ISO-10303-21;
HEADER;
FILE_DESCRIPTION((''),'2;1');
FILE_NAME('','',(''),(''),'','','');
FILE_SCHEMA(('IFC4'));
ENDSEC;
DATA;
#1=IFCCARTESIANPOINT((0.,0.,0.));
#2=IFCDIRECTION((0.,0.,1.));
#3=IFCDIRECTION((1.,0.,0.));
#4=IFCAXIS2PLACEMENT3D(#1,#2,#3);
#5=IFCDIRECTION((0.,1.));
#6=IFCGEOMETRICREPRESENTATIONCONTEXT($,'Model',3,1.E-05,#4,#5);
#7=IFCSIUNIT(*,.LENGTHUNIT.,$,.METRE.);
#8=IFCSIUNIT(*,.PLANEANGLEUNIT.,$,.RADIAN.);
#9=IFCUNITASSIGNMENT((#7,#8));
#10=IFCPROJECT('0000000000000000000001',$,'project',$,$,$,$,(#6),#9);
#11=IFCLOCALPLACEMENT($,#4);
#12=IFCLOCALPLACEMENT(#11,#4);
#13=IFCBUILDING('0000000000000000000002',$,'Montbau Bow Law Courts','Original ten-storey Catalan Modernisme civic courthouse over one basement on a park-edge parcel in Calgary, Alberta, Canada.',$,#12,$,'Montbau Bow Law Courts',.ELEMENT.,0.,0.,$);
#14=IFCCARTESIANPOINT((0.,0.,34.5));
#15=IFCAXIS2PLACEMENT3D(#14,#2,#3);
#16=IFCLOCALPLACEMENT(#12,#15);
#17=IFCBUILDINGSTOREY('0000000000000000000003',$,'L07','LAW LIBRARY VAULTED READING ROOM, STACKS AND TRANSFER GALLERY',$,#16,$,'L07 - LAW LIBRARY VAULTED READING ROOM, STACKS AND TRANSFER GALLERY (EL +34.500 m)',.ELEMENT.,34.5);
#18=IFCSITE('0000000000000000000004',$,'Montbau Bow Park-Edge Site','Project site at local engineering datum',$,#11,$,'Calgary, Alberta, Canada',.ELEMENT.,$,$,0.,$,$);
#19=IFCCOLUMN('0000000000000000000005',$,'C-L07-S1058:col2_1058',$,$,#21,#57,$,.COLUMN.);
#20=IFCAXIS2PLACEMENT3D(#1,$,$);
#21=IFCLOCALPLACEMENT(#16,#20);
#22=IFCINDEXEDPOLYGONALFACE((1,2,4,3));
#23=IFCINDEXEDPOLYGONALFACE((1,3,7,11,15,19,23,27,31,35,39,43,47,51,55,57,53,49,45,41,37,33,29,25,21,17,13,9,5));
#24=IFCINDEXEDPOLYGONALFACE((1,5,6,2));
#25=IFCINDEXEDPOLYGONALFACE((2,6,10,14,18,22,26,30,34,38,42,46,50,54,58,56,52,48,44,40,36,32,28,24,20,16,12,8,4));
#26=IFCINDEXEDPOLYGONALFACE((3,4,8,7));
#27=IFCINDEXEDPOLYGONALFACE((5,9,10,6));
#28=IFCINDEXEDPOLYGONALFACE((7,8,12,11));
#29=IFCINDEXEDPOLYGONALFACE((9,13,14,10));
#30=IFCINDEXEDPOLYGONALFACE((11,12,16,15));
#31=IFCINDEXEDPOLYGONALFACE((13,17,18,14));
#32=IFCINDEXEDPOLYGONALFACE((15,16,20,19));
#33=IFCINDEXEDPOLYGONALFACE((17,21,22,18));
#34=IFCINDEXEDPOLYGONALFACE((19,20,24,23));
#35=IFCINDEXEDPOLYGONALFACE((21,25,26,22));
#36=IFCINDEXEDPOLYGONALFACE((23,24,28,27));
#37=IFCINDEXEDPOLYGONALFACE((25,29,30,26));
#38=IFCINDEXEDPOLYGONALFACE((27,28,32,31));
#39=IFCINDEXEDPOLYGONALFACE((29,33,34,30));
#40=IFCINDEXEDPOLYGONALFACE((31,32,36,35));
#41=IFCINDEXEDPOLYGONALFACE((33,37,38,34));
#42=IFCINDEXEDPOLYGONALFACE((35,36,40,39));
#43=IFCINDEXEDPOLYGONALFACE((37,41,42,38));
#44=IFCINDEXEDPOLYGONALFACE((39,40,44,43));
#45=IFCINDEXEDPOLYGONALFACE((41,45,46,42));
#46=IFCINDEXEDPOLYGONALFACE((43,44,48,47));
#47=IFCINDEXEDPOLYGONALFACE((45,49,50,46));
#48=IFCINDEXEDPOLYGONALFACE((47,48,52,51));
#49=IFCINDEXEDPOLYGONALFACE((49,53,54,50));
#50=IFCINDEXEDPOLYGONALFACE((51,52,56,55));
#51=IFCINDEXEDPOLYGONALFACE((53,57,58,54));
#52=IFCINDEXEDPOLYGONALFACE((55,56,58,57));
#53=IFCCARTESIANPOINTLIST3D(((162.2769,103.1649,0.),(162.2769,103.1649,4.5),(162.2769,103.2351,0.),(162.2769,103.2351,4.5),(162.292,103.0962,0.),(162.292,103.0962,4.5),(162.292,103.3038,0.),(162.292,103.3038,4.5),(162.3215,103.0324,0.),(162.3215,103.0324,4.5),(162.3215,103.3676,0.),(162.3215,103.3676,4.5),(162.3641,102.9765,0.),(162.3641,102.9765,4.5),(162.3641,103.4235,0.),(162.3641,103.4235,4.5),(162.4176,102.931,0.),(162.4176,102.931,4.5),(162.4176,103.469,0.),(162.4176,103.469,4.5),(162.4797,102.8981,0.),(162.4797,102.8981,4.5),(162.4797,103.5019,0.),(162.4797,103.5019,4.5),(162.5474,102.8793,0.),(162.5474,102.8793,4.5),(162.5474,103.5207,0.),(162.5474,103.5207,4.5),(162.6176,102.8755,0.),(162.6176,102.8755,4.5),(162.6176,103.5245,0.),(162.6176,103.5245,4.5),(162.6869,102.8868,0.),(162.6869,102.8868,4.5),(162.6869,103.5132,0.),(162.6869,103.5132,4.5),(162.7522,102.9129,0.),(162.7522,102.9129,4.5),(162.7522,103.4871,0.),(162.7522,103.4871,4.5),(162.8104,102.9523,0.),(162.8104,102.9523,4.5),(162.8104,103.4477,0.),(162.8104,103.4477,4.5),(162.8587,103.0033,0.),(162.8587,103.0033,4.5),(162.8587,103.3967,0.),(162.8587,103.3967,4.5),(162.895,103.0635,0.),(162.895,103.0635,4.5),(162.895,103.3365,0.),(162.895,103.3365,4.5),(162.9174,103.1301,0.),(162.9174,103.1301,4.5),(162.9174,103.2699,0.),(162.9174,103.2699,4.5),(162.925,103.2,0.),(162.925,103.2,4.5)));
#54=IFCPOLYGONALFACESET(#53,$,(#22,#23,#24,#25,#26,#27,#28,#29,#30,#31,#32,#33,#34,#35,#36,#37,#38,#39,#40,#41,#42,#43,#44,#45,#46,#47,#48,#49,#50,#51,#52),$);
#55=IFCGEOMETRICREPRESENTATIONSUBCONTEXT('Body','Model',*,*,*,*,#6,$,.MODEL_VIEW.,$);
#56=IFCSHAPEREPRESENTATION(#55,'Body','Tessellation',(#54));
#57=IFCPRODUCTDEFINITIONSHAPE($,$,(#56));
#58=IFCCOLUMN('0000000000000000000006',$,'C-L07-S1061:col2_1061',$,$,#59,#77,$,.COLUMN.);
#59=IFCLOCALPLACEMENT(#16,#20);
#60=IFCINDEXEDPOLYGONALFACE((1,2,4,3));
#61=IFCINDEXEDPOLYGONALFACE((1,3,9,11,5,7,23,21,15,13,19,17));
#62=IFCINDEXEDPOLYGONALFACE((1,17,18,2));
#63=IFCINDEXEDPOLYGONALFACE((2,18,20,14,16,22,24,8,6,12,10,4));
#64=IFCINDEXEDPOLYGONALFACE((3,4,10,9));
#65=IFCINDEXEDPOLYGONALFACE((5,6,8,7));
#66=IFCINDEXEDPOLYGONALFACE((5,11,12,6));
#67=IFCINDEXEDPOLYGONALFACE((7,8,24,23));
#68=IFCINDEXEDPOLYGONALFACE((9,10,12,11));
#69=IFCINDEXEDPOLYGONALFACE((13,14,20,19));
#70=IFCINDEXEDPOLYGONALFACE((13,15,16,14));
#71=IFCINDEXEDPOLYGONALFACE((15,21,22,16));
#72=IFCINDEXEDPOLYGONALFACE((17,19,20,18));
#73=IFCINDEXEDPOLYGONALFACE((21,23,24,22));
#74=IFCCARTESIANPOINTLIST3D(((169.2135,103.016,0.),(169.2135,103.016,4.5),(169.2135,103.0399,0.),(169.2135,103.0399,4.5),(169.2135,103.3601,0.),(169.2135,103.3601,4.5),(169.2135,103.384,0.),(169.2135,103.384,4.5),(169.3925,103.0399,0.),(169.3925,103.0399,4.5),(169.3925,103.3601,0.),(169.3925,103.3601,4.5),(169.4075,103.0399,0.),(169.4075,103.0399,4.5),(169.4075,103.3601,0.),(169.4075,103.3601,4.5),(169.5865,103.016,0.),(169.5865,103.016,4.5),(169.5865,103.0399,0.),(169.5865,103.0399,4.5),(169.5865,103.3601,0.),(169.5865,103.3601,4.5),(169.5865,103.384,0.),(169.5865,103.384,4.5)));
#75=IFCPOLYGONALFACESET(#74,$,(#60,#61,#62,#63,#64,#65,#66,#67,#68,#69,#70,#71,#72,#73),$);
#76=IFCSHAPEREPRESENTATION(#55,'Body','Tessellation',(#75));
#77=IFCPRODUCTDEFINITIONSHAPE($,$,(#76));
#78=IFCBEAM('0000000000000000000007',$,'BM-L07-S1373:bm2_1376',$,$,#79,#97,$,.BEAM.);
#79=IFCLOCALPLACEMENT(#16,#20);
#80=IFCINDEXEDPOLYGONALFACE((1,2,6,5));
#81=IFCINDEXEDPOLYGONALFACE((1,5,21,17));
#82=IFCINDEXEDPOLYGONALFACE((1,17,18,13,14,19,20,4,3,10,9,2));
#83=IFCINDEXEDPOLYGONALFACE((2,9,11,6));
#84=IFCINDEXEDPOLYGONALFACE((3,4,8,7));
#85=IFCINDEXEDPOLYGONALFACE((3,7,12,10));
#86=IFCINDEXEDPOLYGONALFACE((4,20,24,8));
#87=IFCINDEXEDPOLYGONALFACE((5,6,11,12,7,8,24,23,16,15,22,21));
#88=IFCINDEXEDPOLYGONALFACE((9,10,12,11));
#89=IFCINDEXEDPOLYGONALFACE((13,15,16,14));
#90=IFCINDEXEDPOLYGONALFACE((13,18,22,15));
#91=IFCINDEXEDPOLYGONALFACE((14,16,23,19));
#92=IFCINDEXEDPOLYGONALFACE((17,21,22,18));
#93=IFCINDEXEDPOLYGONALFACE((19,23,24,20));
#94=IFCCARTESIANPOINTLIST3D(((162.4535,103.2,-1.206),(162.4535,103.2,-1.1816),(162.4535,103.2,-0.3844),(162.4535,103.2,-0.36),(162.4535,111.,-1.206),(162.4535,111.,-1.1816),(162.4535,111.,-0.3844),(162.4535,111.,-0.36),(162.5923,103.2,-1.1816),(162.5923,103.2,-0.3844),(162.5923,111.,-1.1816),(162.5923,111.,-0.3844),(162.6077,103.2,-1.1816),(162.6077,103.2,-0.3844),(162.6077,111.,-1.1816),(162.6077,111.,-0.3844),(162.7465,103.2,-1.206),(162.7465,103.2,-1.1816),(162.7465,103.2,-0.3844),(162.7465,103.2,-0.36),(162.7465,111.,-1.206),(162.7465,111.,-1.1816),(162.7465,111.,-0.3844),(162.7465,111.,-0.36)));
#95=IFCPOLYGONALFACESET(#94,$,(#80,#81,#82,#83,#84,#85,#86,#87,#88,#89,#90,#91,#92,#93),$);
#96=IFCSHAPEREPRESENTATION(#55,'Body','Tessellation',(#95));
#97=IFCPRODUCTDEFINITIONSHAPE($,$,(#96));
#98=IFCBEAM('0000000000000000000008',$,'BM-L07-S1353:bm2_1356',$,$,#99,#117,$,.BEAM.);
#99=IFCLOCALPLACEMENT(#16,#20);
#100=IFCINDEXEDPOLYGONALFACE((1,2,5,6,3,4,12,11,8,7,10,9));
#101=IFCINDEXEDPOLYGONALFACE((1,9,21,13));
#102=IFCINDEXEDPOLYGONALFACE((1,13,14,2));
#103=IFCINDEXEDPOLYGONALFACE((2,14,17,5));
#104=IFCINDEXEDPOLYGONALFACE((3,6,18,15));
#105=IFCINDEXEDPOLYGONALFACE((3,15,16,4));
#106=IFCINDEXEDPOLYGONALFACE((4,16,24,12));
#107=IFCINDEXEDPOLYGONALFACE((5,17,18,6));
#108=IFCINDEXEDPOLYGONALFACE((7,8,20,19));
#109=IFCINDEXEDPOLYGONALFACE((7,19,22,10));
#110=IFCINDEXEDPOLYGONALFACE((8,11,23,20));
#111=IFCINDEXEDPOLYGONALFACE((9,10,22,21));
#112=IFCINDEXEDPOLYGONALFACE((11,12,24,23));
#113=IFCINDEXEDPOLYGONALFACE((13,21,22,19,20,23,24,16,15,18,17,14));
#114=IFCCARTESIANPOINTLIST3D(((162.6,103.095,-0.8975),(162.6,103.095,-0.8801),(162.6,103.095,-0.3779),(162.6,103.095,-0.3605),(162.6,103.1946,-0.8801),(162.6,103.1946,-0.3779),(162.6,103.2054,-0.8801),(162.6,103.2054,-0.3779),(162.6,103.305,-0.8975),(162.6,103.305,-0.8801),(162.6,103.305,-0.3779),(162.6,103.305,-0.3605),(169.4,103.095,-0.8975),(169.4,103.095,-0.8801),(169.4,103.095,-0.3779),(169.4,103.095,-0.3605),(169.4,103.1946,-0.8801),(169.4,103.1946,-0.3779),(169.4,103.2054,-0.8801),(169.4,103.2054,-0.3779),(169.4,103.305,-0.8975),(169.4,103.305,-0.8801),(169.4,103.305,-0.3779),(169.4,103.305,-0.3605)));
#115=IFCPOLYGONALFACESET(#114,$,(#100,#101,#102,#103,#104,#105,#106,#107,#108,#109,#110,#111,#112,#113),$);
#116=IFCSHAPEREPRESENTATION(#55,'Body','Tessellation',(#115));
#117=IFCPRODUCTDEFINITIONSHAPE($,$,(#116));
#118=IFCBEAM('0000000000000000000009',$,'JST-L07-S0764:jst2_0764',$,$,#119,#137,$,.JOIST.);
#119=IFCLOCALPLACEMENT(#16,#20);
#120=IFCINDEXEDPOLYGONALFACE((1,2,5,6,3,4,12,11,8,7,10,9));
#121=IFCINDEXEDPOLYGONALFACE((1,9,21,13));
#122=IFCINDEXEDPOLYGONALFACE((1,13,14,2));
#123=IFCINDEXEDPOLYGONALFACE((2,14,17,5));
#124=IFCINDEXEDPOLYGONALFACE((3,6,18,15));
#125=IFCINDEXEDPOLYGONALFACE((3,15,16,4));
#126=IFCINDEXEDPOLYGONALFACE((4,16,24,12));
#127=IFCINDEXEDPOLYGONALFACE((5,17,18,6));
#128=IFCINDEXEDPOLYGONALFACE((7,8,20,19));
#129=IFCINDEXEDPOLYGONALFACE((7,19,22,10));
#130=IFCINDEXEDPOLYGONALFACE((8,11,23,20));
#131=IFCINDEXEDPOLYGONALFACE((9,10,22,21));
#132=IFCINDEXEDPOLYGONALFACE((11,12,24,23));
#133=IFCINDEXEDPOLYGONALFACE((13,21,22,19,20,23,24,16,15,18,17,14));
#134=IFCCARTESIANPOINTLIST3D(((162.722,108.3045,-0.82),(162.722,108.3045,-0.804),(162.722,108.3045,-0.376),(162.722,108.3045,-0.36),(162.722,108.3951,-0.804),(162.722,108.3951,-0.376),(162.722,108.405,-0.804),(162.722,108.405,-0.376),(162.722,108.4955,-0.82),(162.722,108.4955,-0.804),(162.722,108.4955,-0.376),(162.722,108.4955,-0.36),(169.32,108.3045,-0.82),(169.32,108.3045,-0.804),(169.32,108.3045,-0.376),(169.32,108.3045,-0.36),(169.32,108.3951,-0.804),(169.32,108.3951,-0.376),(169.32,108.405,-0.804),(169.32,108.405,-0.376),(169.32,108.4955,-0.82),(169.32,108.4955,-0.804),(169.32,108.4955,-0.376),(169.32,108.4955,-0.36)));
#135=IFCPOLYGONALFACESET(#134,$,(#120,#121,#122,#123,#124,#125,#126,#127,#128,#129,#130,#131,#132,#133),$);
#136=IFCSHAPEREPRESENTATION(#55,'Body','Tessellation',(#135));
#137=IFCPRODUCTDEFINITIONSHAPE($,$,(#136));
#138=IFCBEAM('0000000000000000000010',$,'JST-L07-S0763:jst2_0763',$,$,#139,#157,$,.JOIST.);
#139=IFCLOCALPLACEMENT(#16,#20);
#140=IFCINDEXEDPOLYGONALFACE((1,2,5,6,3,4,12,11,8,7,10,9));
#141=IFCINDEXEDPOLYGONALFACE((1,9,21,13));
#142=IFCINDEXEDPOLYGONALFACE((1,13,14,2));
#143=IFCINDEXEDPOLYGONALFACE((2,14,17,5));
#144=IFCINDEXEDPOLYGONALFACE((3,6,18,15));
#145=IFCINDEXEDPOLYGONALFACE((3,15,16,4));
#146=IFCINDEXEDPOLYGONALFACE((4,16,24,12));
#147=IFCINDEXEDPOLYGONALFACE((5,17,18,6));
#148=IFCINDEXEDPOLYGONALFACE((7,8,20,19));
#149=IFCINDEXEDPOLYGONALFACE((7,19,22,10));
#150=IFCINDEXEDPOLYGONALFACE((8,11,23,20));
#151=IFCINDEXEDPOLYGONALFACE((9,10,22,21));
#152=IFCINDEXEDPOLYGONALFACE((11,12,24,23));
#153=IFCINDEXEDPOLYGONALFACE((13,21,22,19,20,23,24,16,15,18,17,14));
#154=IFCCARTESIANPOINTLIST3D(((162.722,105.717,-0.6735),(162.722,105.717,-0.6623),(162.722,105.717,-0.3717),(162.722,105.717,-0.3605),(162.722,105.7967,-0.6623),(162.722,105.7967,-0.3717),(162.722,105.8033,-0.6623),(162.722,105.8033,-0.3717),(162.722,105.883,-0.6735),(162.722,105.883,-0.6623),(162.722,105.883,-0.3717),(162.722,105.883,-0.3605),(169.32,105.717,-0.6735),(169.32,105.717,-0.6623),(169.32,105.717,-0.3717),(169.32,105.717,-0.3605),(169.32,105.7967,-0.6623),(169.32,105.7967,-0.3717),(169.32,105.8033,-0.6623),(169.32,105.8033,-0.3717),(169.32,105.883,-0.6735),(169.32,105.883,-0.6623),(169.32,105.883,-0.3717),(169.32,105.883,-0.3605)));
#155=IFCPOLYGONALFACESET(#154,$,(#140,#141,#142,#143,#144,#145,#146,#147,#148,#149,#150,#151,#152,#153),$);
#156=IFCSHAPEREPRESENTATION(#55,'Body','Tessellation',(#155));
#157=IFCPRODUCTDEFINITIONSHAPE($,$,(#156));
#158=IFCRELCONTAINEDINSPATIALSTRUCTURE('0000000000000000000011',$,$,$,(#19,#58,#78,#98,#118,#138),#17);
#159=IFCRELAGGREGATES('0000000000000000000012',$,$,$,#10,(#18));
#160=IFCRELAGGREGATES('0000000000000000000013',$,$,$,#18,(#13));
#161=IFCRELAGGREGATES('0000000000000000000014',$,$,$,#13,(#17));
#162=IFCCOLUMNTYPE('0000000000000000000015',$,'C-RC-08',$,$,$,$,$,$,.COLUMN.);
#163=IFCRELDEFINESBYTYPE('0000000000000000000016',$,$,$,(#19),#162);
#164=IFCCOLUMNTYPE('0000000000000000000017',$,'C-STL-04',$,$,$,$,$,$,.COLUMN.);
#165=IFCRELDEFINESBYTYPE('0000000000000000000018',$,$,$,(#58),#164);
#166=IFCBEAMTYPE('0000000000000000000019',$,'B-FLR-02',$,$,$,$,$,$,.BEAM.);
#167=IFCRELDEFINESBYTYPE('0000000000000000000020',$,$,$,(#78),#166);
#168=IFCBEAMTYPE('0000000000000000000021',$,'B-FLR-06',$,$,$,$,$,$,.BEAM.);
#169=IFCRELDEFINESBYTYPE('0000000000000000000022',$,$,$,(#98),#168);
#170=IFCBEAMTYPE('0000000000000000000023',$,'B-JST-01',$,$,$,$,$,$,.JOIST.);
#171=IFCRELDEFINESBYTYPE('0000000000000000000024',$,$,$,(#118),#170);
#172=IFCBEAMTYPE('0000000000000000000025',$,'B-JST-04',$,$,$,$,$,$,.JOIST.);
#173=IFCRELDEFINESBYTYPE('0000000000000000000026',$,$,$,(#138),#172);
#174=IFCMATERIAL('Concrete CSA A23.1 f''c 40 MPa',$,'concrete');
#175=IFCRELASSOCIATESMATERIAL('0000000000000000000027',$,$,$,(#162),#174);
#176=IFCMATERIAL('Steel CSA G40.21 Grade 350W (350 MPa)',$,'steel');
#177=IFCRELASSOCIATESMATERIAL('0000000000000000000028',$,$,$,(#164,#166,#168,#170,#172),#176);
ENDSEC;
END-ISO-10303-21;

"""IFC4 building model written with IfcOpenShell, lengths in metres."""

from ifc_helpers import new_model, si_unit, direction, frame, origin_with_axes, origin_2d_with_axis, place, context, subcontext, project, spatial, circle, i_section, extrude, material, material_profile, profile_set, type_object, element, save


model = new_model("IFC4")

# Units and contexts
model_context = context("Model", 3, precision=1e-05, world=origin_with_axes(), true_north=direction((0.0, 1.0)))
body_context = subcontext(model_context, "Body", "Model", "MODEL_VIEW")
ifc_project = project(units=[si_unit("LENGTHUNIT", "METRE"), si_unit("PLANEANGLEUNIT", "RADIAN")], contexts=[model_context])

# Site, building, storey
site_placement = place(None, origin_with_axes())
site = spatial("IfcSite", under=ifc_project, at=site_placement, Name="Montbau Bow Park-Edge Site", Description="Project site at local engineering datum", LongName="Calgary, Alberta, Canada", CompositionType="ELEMENT", RefElevation=0.0)
building_placement = place(site_placement, origin_with_axes())
building = spatial("IfcBuilding", under=site, at=building_placement, Name="Montbau Bow Law Courts", Description="Original ten-storey Catalan Modernisme civic courthouse over one basement on a park-edge parcel in Calgary, Alberta, Canada.", LongName="Montbau Bow Law Courts", CompositionType="ELEMENT", ElevationOfRefHeight=0.0, ElevationOfTerrain=0.0)
storey_placement = place(building_placement, frame((0.0, 0.0, 34.5), z_axis=(0.0, 0.0, 1.0), x_axis=(1.0, 0.0, 0.0)))
storey = spatial("IfcBuildingStorey", under=building, at=storey_placement, Name="L07", Description="LAW LIBRARY VAULTED READING ROOM, STACKS AND TRANSFER GALLERY", LongName="L07 - LAW LIBRARY VAULTED READING ROOM, STACKS AND TRANSFER GALLERY (EL +34.500 m)", CompositionType="ELEMENT", Elevation=34.5)

# Columns
ifc_material_1 = material(Name="Concrete CSA A23.1 f'c 40 MPa", Category="concrete")
ifc_material_profile_1 = material_profile(ifc_material_1, circle(Radius=0.325, at=origin_2d_with_axis()), Name="RC650D", Category="Main", Priority=0)
ifc_profile_set_1 = profile_set([ifc_material_profile_1], Name="Concrete CSA A23.1 f'c 40 MPa")
column_type_1 = type_object("IfcColumnType", Name="C-RC-08", PredefinedType="COLUMN", material=ifc_profile_set_1)
column_1_placement = place(None, frame((162.6, 103.2, 34.5), z_axis=(0.0, 0.0, 1.0), x_axis=(1.0, 0.0, 0.0)))
element("IfcColumn", 1, at=column_1_placement, inside=storey, type_object=column_type_1, Name="C-L07-S1058:col2_1058", PredefinedType="COLUMN", context=body_context, shape_type="SweptSolid", body=[
    extrude(circle(Radius=0.325, at=origin_2d_with_axis()), origin_with_axes(), (0.0, 0.0, 1.0), 4.5),
])
ifc_material_2 = material(Name="Steel CSA G40.21 Grade 350W (350 MPa)", Category="steel")
ifc_material_profile_2 = material_profile(ifc_material_2, i_section(OverallWidth=0.373, OverallDepth=0.368, WebThickness=0.015, FlangeThickness=0.0239, at=origin_2d_with_axis()), Name="W360X179", Category="Main", Priority=0)
ifc_profile_set_2 = profile_set([ifc_material_profile_2], Name="Steel CSA G40.21 Grade 350W (350 MPa)")
column_type_2 = type_object("IfcColumnType", Name="C-STL-04", PredefinedType="COLUMN", material=ifc_profile_set_2)
column_2_placement = place(None, frame((169.4, 103.2, 34.5), z_axis=(0.0, 0.0, 1.0), x_axis=(1.0, 0.0, 0.0)))
element("IfcColumn", 2, at=column_2_placement, inside=storey, type_object=column_type_2, Name="C-L07-S1061:col2_1061", PredefinedType="COLUMN", context=body_context, shape_type="SweptSolid", body=[
    extrude(i_section(OverallWidth=0.373, OverallDepth=0.368, WebThickness=0.015, FlangeThickness=0.0239, at=origin_2d_with_axis()), origin_with_axes(), (0.0, 0.0, 1.0), 4.5),
])

# Beams
ifc_material_profile_3 = material_profile(ifc_material_2, i_section(OverallWidth=0.293, OverallDepth=0.846, WebThickness=0.0154, FlangeThickness=0.0244, at=origin_2d_with_axis()), Name="W840X210", Category="Main", Priority=0)
ifc_profile_set_3 = profile_set([ifc_material_profile_3], Name="Steel CSA G40.21 Grade 350W (350 MPa)")
beam_type_1 = type_object("IfcBeamType", Name="B-FLR-02", PredefinedType="BEAM", material=ifc_profile_set_3)
beam_1_placement = place(None, frame((162.6, 103.2, 33.717), z_axis=(0.0, 1.0, 0.0), x_axis=(-1.0, 0.0, 0.0)))
element("IfcBeam", 3, at=beam_1_placement, inside=storey, type_object=beam_type_1, Name="BM-L07-S1373:bm2_1376", PredefinedType="BEAM", context=body_context, shape_type="SweptSolid", body=[
    extrude(i_section(OverallWidth=0.293, OverallDepth=0.846, WebThickness=0.0154, FlangeThickness=0.0244, at=origin_2d_with_axis()), origin_with_axes(), (0.0, 0.0, 1.0), 7.8),
])
ifc_material_profile_4 = material_profile(ifc_material_2, i_section(OverallWidth=0.21, OverallDepth=0.537, WebThickness=0.0109, FlangeThickness=0.0174, at=origin_2d_with_axis()), Name="W530X101", Category="Main", Priority=0)
ifc_profile_set_4 = profile_set([ifc_material_profile_4], Name="Steel CSA G40.21 Grade 350W (350 MPa)")
beam_type_2 = type_object("IfcBeamType", Name="B-FLR-06", PredefinedType="BEAM", material=ifc_profile_set_4)
beam_2_placement = place(None, frame((162.6, 103.2, 33.871), z_axis=(1.0, 0.0, 0.0), x_axis=(0.0, 1.0, 0.0)))
element("IfcBeam", 4, at=beam_2_placement, inside=storey, type_object=beam_type_2, Name="BM-L07-S1353:bm2_1356", PredefinedType="BEAM", context=body_context, shape_type="SweptSolid", body=[
    extrude(i_section(OverallWidth=0.21, OverallDepth=0.537, WebThickness=0.0109, FlangeThickness=0.0174, at=origin_2d_with_axis()), origin_with_axes(), (0.0, 0.0, 1.0), 6.8),
])
ifc_material_profile_5 = material_profile(ifc_material_2, i_section(OverallWidth=0.191, OverallDepth=0.46, WebThickness=0.0099, FlangeThickness=0.016, at=origin_2d_with_axis()), Name="W460X82", Category="Main", Priority=0)
ifc_profile_set_5 = profile_set([ifc_material_profile_5], Name="Steel CSA G40.21 Grade 350W (350 MPa)")
beam_type_3 = type_object("IfcBeamType", Name="B-JST-01", PredefinedType="JOIST", material=ifc_profile_set_5)
beam_3_placement = place(None, frame((162.722, 108.4, 33.91), z_axis=(1.0, 0.0, 0.0), x_axis=(0.0, 1.0, 0.0)))
element("IfcBeam", 5, at=beam_3_placement, inside=storey, type_object=beam_type_3, Name="JST-L07-S0764:jst2_0764", PredefinedType="JOIST", context=body_context, shape_type="SweptSolid", body=[
    extrude(i_section(OverallWidth=0.191, OverallDepth=0.46, WebThickness=0.0099, FlangeThickness=0.016, at=origin_2d_with_axis()), origin_with_axes(), (0.0, 0.0, 1.0), 6.598),
])
ifc_material_profile_6 = material_profile(ifc_material_2, i_section(OverallWidth=0.166, OverallDepth=0.313, WebThickness=0.0066, FlangeThickness=0.0112, at=origin_2d_with_axis()), Name="W310X45", Category="Main", Priority=0)
ifc_profile_set_6 = profile_set([ifc_material_profile_6], Name="Steel CSA G40.21 Grade 350W (350 MPa)")
beam_type_4 = type_object("IfcBeamType", Name="B-JST-04", PredefinedType="JOIST", material=ifc_profile_set_6)
beam_4_placement = place(None, frame((162.722, 105.8, 33.983), z_axis=(1.0, 0.0, 0.0), x_axis=(0.0, 1.0, 0.0)))
element("IfcBeam", 6, at=beam_4_placement, inside=storey, type_object=beam_type_4, Name="JST-L07-S0763:jst2_0763", PredefinedType="JOIST", context=body_context, shape_type="SweptSolid", body=[
    extrude(i_section(OverallWidth=0.166, OverallDepth=0.313, WebThickness=0.0066, FlangeThickness=0.0112, at=origin_2d_with_axis()), origin_with_axes(), (0.0, 0.0, 1.0), 6.598),
])

save(model, "model.ifc")
